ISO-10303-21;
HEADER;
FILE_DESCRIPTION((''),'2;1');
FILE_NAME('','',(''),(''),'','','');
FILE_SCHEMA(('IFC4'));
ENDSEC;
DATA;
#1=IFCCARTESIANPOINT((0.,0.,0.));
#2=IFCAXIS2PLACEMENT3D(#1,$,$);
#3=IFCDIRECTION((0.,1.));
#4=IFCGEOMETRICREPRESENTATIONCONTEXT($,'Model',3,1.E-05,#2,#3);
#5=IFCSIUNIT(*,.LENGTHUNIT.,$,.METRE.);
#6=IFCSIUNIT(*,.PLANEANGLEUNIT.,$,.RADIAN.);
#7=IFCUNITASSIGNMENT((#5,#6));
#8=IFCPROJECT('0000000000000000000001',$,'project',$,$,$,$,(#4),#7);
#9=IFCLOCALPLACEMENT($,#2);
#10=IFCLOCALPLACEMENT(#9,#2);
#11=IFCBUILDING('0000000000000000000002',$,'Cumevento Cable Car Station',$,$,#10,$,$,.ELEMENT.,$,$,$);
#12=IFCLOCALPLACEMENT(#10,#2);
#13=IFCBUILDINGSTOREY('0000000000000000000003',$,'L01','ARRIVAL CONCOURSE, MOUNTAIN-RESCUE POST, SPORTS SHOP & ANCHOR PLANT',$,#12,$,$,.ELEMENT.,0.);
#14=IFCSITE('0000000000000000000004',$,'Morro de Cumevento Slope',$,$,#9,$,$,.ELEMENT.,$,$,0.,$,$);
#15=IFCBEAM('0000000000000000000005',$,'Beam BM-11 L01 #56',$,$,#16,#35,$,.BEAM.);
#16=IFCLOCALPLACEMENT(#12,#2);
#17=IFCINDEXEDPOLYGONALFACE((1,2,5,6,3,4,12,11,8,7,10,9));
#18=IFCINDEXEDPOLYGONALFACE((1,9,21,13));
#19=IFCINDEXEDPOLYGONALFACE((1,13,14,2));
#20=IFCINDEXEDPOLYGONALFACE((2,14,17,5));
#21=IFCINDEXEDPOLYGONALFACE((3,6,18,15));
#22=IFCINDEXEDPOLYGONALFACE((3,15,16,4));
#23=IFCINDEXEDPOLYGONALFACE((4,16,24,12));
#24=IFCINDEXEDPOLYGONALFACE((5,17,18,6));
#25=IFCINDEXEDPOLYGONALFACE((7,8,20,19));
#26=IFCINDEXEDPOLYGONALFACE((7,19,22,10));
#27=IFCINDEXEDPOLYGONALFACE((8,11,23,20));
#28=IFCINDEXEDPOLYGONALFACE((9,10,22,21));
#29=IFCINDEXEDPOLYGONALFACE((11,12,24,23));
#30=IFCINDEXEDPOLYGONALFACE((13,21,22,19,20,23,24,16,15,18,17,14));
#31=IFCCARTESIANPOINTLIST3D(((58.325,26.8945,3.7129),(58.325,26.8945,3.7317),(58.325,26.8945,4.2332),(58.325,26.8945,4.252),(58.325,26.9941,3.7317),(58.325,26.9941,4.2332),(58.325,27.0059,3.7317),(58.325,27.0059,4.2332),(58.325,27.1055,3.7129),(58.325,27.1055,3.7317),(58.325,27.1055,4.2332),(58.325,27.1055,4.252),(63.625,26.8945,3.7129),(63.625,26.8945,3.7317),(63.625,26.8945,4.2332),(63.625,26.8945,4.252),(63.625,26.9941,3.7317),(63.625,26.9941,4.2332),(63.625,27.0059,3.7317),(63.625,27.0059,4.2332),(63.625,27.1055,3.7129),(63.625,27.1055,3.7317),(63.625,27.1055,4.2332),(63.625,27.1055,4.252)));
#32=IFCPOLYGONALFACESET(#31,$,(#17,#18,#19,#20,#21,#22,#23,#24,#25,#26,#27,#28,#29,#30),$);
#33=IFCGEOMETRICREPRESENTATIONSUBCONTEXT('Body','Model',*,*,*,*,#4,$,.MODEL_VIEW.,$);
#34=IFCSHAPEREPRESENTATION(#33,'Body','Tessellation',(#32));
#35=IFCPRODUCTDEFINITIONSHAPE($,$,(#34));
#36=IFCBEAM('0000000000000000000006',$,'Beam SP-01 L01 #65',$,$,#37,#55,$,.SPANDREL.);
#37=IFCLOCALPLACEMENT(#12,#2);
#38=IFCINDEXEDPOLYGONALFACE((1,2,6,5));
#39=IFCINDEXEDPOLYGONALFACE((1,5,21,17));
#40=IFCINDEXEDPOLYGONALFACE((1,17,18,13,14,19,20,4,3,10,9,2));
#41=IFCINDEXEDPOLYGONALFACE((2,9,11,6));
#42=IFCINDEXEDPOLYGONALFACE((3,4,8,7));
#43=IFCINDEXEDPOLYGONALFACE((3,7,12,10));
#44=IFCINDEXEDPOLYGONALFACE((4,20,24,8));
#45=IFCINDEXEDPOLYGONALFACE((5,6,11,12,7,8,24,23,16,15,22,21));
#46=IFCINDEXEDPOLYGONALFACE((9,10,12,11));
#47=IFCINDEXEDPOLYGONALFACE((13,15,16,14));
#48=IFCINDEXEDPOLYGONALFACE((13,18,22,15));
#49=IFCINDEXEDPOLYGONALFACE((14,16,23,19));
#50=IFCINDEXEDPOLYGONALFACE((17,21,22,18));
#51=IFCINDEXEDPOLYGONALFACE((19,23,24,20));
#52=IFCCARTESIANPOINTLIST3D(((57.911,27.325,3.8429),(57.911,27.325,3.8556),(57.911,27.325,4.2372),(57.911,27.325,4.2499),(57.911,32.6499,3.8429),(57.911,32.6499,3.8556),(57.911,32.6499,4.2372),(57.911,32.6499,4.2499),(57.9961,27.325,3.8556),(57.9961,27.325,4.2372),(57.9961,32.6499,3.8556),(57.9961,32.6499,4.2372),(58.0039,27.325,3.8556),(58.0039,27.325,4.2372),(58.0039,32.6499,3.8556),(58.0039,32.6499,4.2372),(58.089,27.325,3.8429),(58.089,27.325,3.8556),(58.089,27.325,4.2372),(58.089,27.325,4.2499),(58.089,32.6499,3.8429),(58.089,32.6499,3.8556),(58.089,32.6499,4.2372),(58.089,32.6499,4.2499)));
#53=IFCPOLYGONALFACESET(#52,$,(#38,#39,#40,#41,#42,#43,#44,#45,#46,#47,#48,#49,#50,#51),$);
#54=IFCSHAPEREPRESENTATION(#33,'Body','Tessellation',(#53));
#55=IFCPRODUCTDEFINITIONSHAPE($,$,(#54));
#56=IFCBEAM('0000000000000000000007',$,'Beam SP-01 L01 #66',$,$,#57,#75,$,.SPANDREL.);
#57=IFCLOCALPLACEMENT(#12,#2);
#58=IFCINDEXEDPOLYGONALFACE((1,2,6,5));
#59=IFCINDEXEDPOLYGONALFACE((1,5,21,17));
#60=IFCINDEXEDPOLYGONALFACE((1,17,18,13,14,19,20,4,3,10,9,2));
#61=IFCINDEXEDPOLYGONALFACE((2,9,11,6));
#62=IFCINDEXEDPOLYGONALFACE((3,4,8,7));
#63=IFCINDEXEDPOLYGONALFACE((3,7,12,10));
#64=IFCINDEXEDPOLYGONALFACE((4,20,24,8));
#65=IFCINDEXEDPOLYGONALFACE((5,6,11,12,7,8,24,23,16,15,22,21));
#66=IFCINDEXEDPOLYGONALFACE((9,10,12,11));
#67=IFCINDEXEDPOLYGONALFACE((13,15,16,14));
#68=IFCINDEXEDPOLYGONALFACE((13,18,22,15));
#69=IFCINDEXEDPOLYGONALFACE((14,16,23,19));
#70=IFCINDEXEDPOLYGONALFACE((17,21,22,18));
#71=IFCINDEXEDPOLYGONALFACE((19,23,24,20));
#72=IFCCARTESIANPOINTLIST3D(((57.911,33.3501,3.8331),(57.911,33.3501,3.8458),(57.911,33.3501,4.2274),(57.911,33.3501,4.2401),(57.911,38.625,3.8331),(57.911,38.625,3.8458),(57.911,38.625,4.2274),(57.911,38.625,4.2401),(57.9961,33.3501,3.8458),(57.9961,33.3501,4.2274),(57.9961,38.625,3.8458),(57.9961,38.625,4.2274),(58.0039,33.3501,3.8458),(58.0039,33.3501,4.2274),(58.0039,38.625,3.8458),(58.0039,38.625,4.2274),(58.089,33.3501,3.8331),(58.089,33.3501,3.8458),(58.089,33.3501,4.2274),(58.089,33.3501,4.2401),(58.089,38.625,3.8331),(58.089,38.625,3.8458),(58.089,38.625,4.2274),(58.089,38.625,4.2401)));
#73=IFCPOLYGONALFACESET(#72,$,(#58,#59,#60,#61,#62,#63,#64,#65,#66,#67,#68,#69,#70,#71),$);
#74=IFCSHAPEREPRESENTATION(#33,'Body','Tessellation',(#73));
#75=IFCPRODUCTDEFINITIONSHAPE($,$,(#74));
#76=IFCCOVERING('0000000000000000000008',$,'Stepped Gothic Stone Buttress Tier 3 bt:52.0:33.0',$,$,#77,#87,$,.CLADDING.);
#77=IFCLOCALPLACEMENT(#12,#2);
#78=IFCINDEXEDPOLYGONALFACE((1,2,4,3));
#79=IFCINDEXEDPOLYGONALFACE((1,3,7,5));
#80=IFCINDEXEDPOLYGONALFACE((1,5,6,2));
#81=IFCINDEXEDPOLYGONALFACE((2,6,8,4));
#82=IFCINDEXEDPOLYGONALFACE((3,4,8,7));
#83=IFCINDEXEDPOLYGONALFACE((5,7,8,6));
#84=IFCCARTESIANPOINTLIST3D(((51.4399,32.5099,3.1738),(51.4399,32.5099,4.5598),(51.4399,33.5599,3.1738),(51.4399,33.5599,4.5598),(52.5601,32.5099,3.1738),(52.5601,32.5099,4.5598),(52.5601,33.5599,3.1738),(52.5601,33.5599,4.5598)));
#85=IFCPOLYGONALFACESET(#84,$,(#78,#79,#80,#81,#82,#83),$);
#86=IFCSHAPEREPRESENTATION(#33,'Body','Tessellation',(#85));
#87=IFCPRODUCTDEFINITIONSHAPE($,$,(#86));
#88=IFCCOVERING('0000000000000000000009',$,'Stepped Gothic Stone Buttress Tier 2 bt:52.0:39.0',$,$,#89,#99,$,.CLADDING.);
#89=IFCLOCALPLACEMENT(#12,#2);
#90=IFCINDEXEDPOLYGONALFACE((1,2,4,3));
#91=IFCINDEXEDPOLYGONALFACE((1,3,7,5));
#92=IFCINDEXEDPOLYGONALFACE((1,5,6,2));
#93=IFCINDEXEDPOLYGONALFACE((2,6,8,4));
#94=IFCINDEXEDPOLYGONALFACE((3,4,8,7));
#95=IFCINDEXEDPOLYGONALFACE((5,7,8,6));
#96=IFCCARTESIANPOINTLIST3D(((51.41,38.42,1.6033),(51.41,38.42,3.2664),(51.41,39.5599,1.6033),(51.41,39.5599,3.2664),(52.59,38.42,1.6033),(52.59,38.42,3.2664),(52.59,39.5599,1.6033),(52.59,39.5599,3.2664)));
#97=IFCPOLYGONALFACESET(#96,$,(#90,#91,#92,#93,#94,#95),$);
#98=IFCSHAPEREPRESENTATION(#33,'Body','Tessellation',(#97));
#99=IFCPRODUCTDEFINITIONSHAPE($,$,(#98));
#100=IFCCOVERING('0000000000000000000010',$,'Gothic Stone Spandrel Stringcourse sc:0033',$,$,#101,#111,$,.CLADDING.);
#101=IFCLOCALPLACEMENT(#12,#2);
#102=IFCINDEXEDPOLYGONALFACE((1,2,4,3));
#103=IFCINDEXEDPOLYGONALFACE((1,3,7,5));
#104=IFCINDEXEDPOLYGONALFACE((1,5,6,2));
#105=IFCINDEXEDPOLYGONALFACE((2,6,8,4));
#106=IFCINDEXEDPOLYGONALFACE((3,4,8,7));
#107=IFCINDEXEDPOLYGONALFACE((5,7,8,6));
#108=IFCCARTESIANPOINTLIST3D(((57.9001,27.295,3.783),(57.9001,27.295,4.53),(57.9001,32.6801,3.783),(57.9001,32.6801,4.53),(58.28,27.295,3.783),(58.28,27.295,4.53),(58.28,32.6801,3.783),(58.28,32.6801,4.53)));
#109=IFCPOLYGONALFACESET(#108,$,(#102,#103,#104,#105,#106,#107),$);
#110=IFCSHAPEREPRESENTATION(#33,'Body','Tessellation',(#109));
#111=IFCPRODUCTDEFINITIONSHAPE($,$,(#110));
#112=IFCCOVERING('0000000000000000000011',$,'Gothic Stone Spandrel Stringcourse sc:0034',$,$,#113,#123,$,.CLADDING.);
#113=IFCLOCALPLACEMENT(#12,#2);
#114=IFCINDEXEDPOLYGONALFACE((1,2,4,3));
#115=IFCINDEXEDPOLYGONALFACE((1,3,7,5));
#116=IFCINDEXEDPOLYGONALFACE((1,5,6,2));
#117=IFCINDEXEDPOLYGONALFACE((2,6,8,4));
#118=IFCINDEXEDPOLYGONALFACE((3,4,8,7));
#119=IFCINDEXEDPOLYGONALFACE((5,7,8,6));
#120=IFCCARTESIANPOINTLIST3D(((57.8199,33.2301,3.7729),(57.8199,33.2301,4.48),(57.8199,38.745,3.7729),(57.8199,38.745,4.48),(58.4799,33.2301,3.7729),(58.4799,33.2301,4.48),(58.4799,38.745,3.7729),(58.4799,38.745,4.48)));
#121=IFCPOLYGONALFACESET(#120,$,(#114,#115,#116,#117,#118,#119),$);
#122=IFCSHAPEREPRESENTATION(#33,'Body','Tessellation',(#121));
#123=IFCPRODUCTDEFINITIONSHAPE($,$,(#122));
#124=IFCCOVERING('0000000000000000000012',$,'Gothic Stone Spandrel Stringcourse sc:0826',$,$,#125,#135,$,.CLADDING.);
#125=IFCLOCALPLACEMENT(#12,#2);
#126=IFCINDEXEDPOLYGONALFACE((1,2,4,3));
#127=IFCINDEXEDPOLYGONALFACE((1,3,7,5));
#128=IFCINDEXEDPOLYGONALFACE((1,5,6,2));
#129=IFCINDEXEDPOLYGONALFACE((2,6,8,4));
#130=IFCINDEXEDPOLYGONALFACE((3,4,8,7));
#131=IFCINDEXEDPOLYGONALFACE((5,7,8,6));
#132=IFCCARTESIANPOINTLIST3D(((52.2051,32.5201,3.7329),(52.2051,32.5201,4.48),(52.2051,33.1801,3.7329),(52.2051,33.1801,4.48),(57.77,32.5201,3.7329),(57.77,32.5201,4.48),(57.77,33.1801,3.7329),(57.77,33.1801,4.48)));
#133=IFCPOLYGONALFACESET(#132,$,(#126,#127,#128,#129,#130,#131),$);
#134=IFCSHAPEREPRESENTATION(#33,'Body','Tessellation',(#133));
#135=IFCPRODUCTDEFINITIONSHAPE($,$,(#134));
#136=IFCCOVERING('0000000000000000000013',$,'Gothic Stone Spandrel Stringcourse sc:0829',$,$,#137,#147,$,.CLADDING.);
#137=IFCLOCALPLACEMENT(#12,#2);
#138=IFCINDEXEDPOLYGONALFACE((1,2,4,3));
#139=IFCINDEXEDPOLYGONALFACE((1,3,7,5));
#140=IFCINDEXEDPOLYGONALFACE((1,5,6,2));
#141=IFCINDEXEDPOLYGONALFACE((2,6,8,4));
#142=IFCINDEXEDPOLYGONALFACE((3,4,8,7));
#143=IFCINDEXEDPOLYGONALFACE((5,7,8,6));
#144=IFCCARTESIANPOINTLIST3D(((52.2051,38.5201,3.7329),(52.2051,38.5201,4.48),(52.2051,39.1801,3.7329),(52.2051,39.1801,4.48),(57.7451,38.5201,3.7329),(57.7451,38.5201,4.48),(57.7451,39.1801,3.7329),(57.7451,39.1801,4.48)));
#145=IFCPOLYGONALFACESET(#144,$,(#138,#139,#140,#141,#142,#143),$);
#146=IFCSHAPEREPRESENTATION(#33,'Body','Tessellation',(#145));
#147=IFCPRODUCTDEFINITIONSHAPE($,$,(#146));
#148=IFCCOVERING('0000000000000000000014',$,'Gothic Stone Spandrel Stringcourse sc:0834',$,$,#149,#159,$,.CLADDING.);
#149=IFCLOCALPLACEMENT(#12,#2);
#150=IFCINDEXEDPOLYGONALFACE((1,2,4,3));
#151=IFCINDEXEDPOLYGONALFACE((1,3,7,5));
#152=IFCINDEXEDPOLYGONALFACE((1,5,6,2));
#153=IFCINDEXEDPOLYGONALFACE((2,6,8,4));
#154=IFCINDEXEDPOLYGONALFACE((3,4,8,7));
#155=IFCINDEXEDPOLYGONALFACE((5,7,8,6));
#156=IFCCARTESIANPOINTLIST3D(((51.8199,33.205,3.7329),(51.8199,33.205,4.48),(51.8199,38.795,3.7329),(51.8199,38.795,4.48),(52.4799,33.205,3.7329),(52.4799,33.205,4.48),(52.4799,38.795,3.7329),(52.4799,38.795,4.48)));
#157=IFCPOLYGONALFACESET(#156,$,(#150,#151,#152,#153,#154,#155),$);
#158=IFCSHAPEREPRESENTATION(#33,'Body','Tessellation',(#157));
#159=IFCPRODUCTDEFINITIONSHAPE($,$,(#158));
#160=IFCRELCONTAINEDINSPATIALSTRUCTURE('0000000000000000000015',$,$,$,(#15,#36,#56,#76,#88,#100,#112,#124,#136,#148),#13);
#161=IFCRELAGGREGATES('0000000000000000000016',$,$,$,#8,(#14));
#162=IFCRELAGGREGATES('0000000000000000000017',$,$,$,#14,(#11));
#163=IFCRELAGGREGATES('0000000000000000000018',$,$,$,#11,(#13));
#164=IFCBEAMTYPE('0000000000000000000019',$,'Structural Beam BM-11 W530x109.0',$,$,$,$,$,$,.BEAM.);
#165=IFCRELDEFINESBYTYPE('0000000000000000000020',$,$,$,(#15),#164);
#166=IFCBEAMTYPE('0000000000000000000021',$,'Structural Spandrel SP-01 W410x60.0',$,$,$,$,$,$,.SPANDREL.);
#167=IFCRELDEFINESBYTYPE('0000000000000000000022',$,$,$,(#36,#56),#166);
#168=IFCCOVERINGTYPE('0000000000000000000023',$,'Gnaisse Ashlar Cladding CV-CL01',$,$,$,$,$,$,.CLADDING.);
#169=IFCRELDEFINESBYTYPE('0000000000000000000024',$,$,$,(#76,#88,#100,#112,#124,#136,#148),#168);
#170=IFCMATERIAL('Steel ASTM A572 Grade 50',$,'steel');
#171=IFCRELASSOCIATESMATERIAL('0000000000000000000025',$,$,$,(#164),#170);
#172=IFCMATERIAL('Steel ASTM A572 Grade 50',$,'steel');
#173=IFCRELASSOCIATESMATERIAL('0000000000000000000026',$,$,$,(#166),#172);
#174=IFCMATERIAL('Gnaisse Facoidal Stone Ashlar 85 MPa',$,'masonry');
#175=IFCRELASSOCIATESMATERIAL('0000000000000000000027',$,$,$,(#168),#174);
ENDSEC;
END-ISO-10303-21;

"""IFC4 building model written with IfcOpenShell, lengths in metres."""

from ifc_helpers import new_model, si_unit, direction, frame, origin, origin_2d, place, context, subcontext, project, spatial, rectangle, i_section, extrude, material, material_profile, profile_set, type_object, element, save


model = new_model("IFC4")

# Units and contexts
model_context = context("Model", 3, precision=1e-05, world=origin(), true_north=direction((0.0, 1.0)))
body_context = subcontext(model_context, "Body", "Model", "MODEL_VIEW")
ifc_project = project(units=[si_unit("LENGTHUNIT", "METRE"), si_unit("PLANEANGLEUNIT", "RADIAN")], contexts=[model_context])

# Site, building, storey
site_placement = place(None, origin())
site = spatial("IfcSite", under=ifc_project, at=site_placement, Name="Morro de Cumevento Slope", CompositionType="ELEMENT", RefElevation=0.0)
building_placement = place(site_placement, origin())
building = spatial("IfcBuilding", under=site, at=building_placement, Name="Cumevento Cable Car Station", CompositionType="ELEMENT")
storey_placement = place(building_placement, origin())
storey = spatial("IfcBuildingStorey", under=building, at=storey_placement, Name="L01", Description="ARRIVAL CONCOURSE, MOUNTAIN-RESCUE POST, SPORTS SHOP & ANCHOR PLANT", CompositionType="ELEMENT", Elevation=0.0)

# Beams
ifc_material_1 = material(Name="Steel ASTM A572 Grade 50", Category="steel")
ifc_material_profile_1 = material_profile(ifc_material_1, i_section(OverallWidth=0.2109, OverallDepth=0.5391, WebThickness=0.0117, FlangeThickness=0.0188, at=origin_2d()), Name="W530x109.0")
ifc_profile_set_1 = profile_set([ifc_material_profile_1], Name="Steel ASTM A572 Grade 50")
beam_type_1 = type_object("IfcBeamType", Name="Structural Beam BM-11 W530x109.0", PredefinedType="BEAM", material=ifc_profile_set_1)
beam_1_placement = place(storey_placement, frame((58.325, 27.0, 3.9824), z_axis=(1.0, 0.0, 0.0), x_axis=(0.0, 1.0, 0.0)))
element("IfcBeam", 1, at=beam_1_placement, inside=storey, type_object=beam_type_1, Name="Beam BM-11 L01 #56", PredefinedType="BEAM", context=body_context, shape_type="SweptSolid", body=[
    extrude(i_section(OverallWidth=0.2109, OverallDepth=0.5391, WebThickness=0.0117, FlangeThickness=0.0188, at=origin_2d()), origin(), (0.0, 0.0, 1.0), 5.3),
])
ifc_material_2 = material(Name="Steel ASTM A572 Grade 50", Category="steel")
ifc_material_profile_2 = material_profile(ifc_material_2, i_section(OverallWidth=0.178, OverallDepth=0.407, WebThickness=0.0078, FlangeThickness=0.0127, at=origin_2d()), Name="W410x60.0")
ifc_profile_set_2 = profile_set([ifc_material_profile_2], Name="Steel ASTM A572 Grade 50")
beam_type_2 = type_object("IfcBeamType", Name="Structural Spandrel SP-01 W410x60.0", PredefinedType="SPANDREL", material=ifc_profile_set_2)
beam_2_placement = place(storey_placement, frame((58.0, 27.325, 4.0464), z_axis=(0.0, 1.0, 0.0), x_axis=(-1.0, 0.0, 0.0)))
element("IfcBeam", 2, at=beam_2_placement, inside=storey, type_object=beam_type_2, Name="Beam SP-01 L01 #65", PredefinedType="SPANDREL", context=body_context, shape_type="SweptSolid", body=[
    extrude(i_section(OverallWidth=0.178, OverallDepth=0.407, WebThickness=0.0078, FlangeThickness=0.0127, at=origin_2d()), origin(), (0.0, 0.0, 1.0), 5.325),
])
beam_3_placement = place(storey_placement, frame((58.0, 33.3501, 4.0366), z_axis=(0.0, 1.0, 0.0), x_axis=(-1.0, 0.0, 0.0)))
element("IfcBeam", 3, at=beam_3_placement, inside=storey, type_object=beam_type_2, Name="Beam SP-01 L01 #66", PredefinedType="SPANDREL", context=body_context, shape_type="SweptSolid", body=[
    extrude(i_section(OverallWidth=0.178, OverallDepth=0.407, WebThickness=0.0078, FlangeThickness=0.0127, at=origin_2d()), origin(), (0.0, 0.0, 1.0), 5.2749),
])

# Coverings
ifc_material_3 = material(Name="Gnaisse Facoidal Stone Ashlar 85 MPa", Category="masonry")
covering_type = type_object("IfcCoveringType", Name="Gnaisse Ashlar Cladding CV-CL01", PredefinedType="CLADDING", material=ifc_material_3)
covering_1_placement = place(storey_placement, frame((52.0, 33.0349, 3.1738), z_axis=(0.0, 0.0, 1.0), x_axis=(1.0, 0.0, 0.0)))
element("IfcCovering", 4, at=covering_1_placement, inside=storey, type_object=covering_type, Name="Stepped Gothic Stone Buttress Tier 3 bt:52.0:33.0", PredefinedType="CLADDING", context=body_context, shape_type="SweptSolid", body=[
    extrude(rectangle(XDim=1.1201, YDim=1.05, at=origin_2d()), origin(), (0.0, 0.0, 1.0), 1.386),
])
covering_2_placement = place(storey_placement, frame((52.0, 38.99, 1.6033), z_axis=(0.0, 0.0, 1.0), x_axis=(1.0, 0.0, 0.0)))
element("IfcCovering", 5, at=covering_2_placement, inside=storey, type_object=covering_type, Name="Stepped Gothic Stone Buttress Tier 2 bt:52.0:39.0", PredefinedType="CLADDING", context=body_context, shape_type="SweptSolid", body=[
    extrude(rectangle(XDim=1.1799, YDim=1.1399, at=origin_2d()), origin(), (0.0, 0.0, 1.0), 1.6631),
])
covering_3_placement = place(storey_placement, frame((58.0901, 29.9875, 3.783), z_axis=(0.0, 0.0, 1.0), x_axis=(0.0, 1.0, 0.0)))
element("IfcCovering", 6, at=covering_3_placement, inside=storey, type_object=covering_type, Name="Gothic Stone Spandrel Stringcourse sc:0033", PredefinedType="CLADDING", context=body_context, shape_type="SweptSolid", body=[
    extrude(rectangle(XDim=5.385, YDim=0.3799, at=origin_2d()), origin(), (0.0, 0.0, 1.0), 0.7471),
])
covering_4_placement = place(storey_placement, frame((58.1499, 35.9875, 3.7729), z_axis=(0.0, 0.0, 1.0), x_axis=(0.0, 1.0, 0.0)))
element("IfcCovering", 7, at=covering_4_placement, inside=storey, type_object=covering_type, Name="Gothic Stone Spandrel Stringcourse sc:0034", PredefinedType="CLADDING", context=body_context, shape_type="SweptSolid", body=[
    extrude(rectangle(XDim=5.5149, YDim=0.6599, at=origin_2d()), origin(), (0.0, 0.0, 1.0), 0.707),
])
covering_5_placement = place(storey_placement, frame((54.9875, 32.8501, 3.7329), z_axis=(0.0, 0.0, 1.0), x_axis=(1.0, 0.0, 0.0)))
element("IfcCovering", 8, at=covering_5_placement, inside=storey, type_object=covering_type, Name="Gothic Stone Spandrel Stringcourse sc:0826", PredefinedType="CLADDING", context=body_context, shape_type="SweptSolid", body=[
    extrude(rectangle(XDim=5.5649, YDim=0.6599, at=origin_2d()), origin(), (0.0, 0.0, 1.0), 0.7471),
])
covering_6_placement = place(storey_placement, frame((54.9751, 38.8501, 3.7329), z_axis=(0.0, 0.0, 1.0), x_axis=(1.0, 0.0, 0.0)))
element("IfcCovering", 9, at=covering_6_placement, inside=storey, type_object=covering_type, Name="Gothic Stone Spandrel Stringcourse sc:0829", PredefinedType="CLADDING", context=body_context, shape_type="SweptSolid", body=[
    extrude(rectangle(XDim=5.54, YDim=0.6599, at=origin_2d()), origin(), (0.0, 0.0, 1.0), 0.7471),
])
covering_7_placement = place(storey_placement, frame((52.1499, 36.0, 3.7329), z_axis=(0.0, 0.0, 1.0), x_axis=(0.0, 1.0, 0.0)))
element("IfcCovering", 10, at=covering_7_placement, inside=storey, type_object=covering_type, Name="Gothic Stone Spandrel Stringcourse sc:0834", PredefinedType="CLADDING", context=body_context, shape_type="SweptSolid", body=[
    extrude(rectangle(XDim=5.5901, YDim=0.6599, at=origin_2d()), origin(), (0.0, 0.0, 1.0), 0.7471),
])

save(model, "model.ifc")
